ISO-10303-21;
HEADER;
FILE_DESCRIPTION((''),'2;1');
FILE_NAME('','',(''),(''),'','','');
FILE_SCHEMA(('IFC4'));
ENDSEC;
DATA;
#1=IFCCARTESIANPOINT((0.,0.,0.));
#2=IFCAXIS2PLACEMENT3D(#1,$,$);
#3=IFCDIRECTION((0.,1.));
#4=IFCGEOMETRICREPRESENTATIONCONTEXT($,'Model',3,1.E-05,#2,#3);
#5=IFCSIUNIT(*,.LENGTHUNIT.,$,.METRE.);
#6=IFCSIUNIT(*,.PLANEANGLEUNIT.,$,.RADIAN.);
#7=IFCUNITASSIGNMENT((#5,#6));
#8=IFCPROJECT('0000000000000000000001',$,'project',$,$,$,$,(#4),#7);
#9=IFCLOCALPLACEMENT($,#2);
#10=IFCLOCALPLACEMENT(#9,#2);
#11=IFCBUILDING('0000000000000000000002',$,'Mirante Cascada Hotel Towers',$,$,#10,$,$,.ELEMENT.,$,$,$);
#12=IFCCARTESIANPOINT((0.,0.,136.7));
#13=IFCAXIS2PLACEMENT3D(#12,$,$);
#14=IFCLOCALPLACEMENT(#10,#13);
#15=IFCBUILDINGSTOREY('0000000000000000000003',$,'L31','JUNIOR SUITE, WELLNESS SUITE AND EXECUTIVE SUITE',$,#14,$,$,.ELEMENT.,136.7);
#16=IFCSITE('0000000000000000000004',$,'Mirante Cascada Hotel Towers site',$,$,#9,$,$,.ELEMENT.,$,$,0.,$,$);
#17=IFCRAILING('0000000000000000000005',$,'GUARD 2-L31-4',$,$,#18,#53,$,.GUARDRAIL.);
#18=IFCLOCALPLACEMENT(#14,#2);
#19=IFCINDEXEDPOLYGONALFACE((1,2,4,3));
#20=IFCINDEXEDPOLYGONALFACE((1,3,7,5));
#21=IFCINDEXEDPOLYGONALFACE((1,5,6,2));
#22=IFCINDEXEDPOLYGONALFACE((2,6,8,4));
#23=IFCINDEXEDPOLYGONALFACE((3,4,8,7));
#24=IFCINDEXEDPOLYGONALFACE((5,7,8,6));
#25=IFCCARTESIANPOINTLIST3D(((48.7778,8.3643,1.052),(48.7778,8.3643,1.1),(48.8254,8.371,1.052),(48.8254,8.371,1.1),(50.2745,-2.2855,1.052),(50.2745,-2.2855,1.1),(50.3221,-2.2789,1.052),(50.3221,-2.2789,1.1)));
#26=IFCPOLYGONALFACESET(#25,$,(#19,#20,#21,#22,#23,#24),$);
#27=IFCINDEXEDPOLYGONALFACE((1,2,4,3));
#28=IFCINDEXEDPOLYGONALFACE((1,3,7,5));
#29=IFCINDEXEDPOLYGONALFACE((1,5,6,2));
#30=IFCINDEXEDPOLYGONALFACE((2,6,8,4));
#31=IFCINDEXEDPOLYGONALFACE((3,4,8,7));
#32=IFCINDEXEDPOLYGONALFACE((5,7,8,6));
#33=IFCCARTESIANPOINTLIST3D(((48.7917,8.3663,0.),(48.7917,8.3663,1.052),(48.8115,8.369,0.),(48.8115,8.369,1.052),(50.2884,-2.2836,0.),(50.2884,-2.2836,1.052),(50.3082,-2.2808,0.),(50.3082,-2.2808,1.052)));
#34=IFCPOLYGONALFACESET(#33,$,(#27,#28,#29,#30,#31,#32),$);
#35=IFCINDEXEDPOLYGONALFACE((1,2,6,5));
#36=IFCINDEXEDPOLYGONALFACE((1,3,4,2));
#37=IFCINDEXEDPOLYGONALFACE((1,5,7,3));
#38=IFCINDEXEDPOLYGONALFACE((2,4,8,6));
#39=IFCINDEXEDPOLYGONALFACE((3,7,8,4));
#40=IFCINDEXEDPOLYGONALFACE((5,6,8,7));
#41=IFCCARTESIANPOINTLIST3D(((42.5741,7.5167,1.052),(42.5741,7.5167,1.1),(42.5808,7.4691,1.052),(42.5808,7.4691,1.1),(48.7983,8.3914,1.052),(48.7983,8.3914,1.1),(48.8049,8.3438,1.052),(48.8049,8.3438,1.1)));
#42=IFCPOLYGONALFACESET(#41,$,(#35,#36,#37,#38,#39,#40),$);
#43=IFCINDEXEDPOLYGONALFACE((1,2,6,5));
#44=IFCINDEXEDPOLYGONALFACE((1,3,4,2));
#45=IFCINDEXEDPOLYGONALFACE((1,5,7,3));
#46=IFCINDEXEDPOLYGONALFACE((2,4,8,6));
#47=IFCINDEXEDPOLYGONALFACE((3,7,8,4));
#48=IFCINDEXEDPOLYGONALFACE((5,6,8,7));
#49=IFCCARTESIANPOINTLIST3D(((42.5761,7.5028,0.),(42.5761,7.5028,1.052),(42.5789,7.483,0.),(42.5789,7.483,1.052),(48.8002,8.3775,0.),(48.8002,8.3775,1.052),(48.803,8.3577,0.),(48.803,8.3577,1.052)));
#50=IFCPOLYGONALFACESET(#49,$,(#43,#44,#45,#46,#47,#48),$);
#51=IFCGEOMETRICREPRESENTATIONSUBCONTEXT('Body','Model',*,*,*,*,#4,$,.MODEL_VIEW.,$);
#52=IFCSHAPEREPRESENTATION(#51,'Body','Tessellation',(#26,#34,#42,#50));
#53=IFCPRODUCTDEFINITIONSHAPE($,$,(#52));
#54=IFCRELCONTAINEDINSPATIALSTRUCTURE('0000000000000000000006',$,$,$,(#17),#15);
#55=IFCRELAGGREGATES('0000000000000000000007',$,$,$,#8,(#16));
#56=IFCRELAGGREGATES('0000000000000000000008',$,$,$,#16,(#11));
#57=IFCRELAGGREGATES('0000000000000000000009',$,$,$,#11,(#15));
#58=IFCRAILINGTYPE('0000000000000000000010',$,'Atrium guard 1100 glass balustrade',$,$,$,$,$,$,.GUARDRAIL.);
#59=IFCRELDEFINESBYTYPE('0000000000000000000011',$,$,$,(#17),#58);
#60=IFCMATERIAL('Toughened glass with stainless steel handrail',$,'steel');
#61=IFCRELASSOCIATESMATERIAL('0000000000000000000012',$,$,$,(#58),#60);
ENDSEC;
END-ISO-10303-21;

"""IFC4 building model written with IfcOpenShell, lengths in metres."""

from ifc_helpers import new_model, si_unit, direction, frame, origin, origin_2d, place, context, subcontext, project, spatial, rectangle, extrude, material, type_object, element, save


model = new_model("IFC4")

# Units and contexts
model_context = context("Model", 3, precision=1e-05, world=origin(), true_north=direction((0.0, 1.0)))
body_context = subcontext(model_context, "Body", "Model", "MODEL_VIEW")
ifc_project = project(units=[si_unit("LENGTHUNIT", "METRE"), si_unit("PLANEANGLEUNIT", "RADIAN")], contexts=[model_context])

# Site, building, storey
site_placement = place(None, origin())
site = spatial("IfcSite", under=ifc_project, at=site_placement, Name="Mirante Cascada Hotel Towers site", CompositionType="ELEMENT", RefElevation=0.0)
building_placement = place(site_placement, origin())
building = spatial("IfcBuilding", under=site, at=building_placement, Name="Mirante Cascada Hotel Towers", CompositionType="ELEMENT")
storey_placement = place(building_placement, frame((0.0, 0.0, 136.7)))
storey = spatial("IfcBuildingStorey", under=building, at=storey_placement, Name="L31", Description="JUNIOR SUITE, WELLNESS SUITE AND EXECUTIVE SUITE", CompositionType="ELEMENT", Elevation=136.7)

# Railing
ifc_material_1 = material(Name="Toughened glass with stainless steel handrail", Category="steel")
railing_type = type_object("IfcRailingType", Name="Atrium guard 1100 glass balustrade", PredefinedType="GUARDRAIL", material=ifc_material_1)
railing_1_placement = place(storey_placement, frame((50.2983, -2.2822, 0.0)))
element("IfcRailing", 1, at=railing_1_placement, inside=storey, type_object=railing_type, Name="GUARD 2-L31-4", PredefinedType="GUARDRAIL", context=body_context, shape_type="SweptSolid", body=[
    extrude(rectangle(XDim=0.048, YDim=0.048, at=origin_2d()), frame((0.0, 0.0, 1.076), z_axis=(-0.13917, 0.990268, 0.0), x_axis=(-0.990268, -0.13917, 0.0)), (0.0, 0.0, 1.0), 10.7545),
    extrude(rectangle(XDim=0.02, YDim=1.052, at=origin_2d()), frame((0.0, 0.0, 0.526), z_axis=(-0.13917, 0.990268, 0.0), x_axis=(-0.990268, -0.13917, 0.0)), (0.0, 0.0, 1.0), 10.7545),
    extrude(rectangle(XDim=0.048, YDim=0.048, at=origin_2d()), frame((-1.4967, 10.6498, 1.076), z_axis=(-0.990269, -0.139167, 0.0), x_axis=(0.139167, -0.990269, 0.0)), (0.0, 0.0, 1.0), 6.2853),
    extrude(rectangle(XDim=0.02, YDim=1.052, at=origin_2d()), frame((-1.4967, 10.6498, 0.526), z_axis=(-0.990269, -0.139167, 0.0), x_axis=(0.139167, -0.990269, 0.0)), (0.0, 0.0, 1.0), 6.2853),
])

save(model, "model.ifc")
